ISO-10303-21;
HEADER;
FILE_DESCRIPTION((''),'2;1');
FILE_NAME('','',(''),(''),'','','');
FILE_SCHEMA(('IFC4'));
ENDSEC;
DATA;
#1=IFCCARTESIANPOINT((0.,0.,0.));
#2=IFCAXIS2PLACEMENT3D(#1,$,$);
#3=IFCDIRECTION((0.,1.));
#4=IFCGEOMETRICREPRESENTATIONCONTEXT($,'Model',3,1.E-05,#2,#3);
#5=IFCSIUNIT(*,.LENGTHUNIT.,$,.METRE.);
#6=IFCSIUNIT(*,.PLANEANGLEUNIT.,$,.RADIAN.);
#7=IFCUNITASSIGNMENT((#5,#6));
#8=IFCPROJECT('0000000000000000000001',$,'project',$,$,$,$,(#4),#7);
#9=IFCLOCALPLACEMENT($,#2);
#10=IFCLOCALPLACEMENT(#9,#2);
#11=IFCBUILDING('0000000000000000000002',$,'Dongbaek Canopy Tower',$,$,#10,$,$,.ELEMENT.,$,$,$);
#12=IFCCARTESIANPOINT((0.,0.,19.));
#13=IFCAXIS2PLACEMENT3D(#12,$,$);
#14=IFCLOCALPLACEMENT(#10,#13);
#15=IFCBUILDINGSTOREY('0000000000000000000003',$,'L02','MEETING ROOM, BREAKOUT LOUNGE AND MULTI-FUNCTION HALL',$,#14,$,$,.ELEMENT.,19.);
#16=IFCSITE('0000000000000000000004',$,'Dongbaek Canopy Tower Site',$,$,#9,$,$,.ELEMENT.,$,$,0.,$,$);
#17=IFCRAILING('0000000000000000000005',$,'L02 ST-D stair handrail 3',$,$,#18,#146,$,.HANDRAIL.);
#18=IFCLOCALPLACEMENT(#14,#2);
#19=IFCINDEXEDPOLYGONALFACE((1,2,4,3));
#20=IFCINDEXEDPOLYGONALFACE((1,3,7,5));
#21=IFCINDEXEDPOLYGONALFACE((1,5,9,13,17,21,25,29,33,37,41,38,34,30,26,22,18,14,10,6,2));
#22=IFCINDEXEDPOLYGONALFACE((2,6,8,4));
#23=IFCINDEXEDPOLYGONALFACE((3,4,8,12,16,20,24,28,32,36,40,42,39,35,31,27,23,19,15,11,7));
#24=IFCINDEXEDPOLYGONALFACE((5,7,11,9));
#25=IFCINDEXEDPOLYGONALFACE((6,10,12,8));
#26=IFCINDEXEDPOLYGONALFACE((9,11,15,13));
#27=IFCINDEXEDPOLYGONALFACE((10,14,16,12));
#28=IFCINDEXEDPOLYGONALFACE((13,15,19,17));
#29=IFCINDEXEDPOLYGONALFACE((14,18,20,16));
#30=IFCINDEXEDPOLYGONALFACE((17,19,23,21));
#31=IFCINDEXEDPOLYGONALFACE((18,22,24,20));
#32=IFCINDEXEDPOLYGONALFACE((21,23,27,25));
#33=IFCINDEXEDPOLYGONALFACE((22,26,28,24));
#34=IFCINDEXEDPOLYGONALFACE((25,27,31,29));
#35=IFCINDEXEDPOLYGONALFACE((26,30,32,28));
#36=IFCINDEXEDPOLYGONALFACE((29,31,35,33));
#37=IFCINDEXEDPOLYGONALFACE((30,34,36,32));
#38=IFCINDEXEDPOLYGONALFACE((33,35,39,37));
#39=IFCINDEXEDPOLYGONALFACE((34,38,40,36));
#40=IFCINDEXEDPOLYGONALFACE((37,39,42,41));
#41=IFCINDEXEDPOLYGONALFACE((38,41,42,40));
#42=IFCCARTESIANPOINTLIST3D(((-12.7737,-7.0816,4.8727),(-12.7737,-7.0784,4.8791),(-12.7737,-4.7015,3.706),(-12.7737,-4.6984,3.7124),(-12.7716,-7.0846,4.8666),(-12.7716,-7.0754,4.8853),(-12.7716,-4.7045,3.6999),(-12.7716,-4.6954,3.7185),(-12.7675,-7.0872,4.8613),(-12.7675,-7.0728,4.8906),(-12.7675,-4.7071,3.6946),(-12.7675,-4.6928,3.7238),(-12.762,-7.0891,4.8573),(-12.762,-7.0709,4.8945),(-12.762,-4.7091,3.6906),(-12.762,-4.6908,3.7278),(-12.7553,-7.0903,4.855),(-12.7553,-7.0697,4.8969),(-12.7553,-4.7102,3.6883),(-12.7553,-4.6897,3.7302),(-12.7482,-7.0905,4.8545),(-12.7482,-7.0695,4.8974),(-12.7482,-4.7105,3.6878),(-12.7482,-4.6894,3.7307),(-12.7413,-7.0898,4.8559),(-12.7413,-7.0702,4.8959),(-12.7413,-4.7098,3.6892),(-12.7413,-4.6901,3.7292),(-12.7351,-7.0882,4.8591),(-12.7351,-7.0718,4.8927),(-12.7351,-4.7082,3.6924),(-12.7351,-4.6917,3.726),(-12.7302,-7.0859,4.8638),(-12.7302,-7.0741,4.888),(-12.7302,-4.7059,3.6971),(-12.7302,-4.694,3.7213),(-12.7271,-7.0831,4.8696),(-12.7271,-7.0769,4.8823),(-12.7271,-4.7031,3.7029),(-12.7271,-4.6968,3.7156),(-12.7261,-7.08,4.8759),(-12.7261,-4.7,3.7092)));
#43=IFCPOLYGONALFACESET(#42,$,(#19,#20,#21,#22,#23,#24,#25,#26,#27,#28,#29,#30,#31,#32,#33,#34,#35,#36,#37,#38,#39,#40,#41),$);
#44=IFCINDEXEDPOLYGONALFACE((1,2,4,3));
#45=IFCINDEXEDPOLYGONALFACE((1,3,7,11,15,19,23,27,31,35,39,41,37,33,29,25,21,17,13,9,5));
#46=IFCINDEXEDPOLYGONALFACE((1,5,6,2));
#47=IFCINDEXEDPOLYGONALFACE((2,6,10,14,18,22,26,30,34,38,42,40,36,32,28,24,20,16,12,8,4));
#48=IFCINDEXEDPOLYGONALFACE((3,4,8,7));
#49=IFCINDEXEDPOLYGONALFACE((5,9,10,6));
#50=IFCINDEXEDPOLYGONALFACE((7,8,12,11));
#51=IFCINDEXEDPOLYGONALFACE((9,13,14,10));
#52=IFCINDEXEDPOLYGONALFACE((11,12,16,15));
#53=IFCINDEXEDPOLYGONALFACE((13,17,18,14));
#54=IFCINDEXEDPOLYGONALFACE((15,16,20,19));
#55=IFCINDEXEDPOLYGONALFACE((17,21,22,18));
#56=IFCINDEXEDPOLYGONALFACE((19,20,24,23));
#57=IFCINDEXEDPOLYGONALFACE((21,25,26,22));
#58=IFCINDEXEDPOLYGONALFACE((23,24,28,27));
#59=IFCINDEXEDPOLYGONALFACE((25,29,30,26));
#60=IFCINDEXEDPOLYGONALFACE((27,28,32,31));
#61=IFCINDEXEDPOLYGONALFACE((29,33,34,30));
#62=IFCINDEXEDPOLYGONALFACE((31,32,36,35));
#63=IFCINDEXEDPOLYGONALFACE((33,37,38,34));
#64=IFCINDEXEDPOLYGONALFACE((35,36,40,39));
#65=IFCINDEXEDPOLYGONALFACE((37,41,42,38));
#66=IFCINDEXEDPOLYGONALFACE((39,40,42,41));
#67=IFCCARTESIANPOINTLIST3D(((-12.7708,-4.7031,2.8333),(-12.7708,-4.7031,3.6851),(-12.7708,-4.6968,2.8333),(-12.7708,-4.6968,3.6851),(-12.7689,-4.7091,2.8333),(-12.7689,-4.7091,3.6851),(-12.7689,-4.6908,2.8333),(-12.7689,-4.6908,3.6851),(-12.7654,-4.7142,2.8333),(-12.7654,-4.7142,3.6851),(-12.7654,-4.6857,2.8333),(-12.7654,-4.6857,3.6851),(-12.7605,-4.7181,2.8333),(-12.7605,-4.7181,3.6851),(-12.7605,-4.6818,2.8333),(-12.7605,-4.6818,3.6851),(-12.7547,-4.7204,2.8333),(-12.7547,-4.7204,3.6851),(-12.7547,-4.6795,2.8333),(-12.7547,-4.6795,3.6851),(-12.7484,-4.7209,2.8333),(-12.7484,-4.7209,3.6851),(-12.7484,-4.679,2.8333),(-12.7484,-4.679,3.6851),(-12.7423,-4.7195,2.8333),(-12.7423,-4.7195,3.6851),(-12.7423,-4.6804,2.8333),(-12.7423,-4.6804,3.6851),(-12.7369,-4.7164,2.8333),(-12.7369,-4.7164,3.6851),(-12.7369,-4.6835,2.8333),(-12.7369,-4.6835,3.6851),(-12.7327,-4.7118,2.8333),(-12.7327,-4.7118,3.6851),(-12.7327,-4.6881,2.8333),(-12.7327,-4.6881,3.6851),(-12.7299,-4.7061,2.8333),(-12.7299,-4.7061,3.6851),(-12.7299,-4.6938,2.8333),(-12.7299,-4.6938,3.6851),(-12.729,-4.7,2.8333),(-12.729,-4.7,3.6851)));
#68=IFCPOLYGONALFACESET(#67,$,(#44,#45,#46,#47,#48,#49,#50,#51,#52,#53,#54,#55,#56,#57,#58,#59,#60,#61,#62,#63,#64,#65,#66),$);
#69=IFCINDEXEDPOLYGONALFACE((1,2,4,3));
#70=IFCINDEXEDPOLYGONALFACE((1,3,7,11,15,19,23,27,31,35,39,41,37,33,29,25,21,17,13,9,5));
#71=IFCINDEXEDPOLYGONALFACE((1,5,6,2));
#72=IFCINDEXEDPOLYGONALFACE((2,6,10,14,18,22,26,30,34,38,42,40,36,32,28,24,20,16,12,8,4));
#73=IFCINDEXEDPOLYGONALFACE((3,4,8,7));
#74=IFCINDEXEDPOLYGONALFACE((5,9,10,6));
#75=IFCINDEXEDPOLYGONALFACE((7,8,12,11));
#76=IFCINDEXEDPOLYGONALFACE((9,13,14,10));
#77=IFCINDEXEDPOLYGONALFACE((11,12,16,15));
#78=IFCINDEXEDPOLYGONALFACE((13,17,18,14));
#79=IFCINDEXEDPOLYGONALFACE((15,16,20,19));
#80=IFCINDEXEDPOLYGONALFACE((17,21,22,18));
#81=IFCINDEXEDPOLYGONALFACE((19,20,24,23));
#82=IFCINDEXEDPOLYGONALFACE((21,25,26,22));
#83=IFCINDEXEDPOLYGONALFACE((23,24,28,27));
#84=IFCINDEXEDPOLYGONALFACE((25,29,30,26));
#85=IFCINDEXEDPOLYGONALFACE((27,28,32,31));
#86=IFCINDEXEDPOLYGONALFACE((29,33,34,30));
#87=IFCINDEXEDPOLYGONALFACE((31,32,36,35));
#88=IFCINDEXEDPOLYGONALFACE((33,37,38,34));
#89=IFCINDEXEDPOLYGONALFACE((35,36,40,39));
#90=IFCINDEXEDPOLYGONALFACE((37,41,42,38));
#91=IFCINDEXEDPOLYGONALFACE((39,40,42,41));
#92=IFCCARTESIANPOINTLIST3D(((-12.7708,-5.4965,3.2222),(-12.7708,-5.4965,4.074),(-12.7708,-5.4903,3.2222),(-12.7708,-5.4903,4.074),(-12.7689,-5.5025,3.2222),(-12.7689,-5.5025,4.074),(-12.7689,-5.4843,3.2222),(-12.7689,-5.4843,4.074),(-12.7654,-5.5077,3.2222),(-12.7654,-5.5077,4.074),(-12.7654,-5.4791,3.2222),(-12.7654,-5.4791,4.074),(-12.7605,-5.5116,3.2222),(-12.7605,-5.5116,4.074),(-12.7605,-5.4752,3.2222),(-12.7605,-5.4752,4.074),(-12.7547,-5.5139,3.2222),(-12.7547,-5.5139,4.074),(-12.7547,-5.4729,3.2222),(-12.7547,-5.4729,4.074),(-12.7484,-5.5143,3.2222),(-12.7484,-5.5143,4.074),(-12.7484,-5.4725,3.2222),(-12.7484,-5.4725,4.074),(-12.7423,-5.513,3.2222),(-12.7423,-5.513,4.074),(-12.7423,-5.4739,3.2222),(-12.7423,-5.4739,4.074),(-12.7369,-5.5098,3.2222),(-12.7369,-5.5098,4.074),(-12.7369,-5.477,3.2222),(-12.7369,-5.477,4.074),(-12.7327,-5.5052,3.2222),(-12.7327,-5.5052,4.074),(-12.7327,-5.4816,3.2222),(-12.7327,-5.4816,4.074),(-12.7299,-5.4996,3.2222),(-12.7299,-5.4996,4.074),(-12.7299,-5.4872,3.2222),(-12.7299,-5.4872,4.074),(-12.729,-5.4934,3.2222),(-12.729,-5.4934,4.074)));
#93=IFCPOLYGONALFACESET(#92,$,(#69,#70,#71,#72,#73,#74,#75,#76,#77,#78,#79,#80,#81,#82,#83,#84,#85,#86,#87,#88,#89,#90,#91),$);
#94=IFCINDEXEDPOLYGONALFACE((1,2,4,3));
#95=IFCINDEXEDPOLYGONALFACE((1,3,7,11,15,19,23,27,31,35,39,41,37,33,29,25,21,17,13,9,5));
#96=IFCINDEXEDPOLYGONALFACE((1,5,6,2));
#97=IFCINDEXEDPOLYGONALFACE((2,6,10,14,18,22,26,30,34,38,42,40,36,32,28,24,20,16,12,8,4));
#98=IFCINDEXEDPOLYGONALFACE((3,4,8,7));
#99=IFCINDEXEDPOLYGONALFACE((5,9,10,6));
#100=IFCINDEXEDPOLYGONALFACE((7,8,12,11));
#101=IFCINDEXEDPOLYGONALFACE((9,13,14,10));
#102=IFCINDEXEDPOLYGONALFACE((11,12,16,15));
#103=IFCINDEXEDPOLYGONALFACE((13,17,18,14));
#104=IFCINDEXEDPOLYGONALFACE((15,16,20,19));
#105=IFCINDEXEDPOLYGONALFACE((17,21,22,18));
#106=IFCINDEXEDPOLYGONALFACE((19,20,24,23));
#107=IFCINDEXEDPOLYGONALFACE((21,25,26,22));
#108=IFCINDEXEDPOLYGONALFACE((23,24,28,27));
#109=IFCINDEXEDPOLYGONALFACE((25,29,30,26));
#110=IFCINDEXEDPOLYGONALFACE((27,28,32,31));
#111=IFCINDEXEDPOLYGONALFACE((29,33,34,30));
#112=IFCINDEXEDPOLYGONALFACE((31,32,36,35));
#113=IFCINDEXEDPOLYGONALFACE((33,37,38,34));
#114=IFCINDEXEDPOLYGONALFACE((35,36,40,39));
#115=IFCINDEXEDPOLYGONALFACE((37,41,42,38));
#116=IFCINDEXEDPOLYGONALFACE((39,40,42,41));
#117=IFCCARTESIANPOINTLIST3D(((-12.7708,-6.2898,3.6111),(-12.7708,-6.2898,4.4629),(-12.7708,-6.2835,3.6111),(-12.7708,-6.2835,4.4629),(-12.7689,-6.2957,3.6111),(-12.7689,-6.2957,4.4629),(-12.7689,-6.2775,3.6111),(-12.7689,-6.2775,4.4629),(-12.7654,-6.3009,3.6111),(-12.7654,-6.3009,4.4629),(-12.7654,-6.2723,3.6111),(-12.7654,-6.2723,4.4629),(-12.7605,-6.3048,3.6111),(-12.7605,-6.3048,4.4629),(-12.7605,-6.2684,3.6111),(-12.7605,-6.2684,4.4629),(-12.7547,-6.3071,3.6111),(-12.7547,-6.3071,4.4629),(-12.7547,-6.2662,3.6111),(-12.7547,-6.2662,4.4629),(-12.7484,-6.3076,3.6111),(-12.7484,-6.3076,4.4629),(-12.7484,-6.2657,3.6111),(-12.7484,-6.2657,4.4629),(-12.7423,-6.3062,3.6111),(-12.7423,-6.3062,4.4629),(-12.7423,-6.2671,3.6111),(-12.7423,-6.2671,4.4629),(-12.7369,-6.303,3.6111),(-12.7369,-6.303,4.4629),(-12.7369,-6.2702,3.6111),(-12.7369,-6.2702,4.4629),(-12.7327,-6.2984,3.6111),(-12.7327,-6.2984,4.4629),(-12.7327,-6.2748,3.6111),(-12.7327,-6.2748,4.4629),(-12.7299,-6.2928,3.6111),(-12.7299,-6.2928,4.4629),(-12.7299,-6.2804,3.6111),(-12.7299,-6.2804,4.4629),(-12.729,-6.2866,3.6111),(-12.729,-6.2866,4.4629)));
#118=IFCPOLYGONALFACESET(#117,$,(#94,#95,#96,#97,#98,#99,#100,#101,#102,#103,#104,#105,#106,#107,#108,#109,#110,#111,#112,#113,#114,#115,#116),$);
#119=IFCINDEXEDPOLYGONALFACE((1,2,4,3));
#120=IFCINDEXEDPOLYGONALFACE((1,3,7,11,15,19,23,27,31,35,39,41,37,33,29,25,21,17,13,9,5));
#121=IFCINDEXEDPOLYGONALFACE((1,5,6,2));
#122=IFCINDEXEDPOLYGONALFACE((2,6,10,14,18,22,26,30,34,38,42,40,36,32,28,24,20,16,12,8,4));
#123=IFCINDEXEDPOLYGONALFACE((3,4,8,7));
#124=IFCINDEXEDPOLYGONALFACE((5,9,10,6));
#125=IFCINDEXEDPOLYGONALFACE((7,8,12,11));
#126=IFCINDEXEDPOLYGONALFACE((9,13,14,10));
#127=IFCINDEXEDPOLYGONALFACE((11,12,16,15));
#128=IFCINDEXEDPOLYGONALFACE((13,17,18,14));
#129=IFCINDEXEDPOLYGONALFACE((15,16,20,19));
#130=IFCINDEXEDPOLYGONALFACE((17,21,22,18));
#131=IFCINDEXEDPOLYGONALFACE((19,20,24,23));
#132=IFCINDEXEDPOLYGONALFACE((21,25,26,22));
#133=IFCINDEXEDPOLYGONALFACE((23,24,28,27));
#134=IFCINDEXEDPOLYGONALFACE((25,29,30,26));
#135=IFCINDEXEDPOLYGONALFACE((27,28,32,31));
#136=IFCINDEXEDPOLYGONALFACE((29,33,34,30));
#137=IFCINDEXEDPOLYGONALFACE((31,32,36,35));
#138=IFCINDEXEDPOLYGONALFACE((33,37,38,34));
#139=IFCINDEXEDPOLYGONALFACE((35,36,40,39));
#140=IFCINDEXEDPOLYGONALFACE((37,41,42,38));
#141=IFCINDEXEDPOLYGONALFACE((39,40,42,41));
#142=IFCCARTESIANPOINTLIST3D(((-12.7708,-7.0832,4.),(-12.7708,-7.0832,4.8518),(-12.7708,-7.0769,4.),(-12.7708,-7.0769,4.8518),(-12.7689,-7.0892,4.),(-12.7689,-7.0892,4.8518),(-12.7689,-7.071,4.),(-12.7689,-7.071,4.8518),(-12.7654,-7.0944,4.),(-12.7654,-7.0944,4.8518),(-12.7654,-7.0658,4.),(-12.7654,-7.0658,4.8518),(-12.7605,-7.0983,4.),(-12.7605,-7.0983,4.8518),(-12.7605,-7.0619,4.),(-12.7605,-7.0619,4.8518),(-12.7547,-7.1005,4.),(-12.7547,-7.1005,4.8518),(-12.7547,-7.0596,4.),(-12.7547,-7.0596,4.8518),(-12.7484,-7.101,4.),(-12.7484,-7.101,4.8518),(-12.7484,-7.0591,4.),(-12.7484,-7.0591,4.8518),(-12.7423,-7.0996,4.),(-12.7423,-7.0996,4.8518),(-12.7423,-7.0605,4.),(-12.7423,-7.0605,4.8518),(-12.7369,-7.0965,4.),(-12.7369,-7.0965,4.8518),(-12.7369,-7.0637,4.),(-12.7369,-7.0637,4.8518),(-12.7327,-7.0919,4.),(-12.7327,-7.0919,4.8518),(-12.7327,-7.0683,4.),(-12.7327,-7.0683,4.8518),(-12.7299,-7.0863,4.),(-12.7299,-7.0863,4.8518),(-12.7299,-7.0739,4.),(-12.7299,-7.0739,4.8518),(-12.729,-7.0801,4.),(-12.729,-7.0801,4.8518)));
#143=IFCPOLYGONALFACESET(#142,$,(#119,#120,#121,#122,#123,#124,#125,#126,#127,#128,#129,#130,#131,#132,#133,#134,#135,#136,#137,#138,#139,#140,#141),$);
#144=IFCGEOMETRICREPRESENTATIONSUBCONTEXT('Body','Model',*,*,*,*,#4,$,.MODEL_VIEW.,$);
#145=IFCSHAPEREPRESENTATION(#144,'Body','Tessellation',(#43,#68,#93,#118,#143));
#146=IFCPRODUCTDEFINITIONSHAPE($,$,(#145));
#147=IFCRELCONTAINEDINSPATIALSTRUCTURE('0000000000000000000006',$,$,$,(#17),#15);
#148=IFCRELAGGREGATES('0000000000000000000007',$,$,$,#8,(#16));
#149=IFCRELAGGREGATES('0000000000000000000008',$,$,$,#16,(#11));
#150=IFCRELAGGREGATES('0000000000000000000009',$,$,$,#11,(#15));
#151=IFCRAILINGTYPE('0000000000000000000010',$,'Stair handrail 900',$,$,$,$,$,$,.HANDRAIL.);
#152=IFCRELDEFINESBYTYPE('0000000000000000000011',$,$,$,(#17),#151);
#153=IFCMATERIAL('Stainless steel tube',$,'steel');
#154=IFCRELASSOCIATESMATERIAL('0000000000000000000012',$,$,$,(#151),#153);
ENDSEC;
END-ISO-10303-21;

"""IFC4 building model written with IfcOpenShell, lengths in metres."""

from ifc_helpers import new_model, si_unit, direction, frame, origin, origin_2d, place, context, subcontext, project, spatial, circle, extrude, material, type_object, element, save


model = new_model("IFC4")

# Units and contexts
model_context = context("Model", 3, precision=1e-05, world=origin(), true_north=direction((0.0, 1.0)))
body_context = subcontext(model_context, "Body", "Model", "MODEL_VIEW")
ifc_project = project(units=[si_unit("LENGTHUNIT", "METRE"), si_unit("PLANEANGLEUNIT", "RADIAN")], contexts=[model_context])

# Site, building, storey
site_placement = place(None, origin())
site = spatial("IfcSite", under=ifc_project, at=site_placement, Name="Dongbaek Canopy Tower Site", CompositionType="ELEMENT", RefElevation=0.0)
building_placement = place(site_placement, origin())
building = spatial("IfcBuilding", under=site, at=building_placement, Name="Dongbaek Canopy Tower", CompositionType="ELEMENT")
storey_placement = place(building_placement, frame((0.0, 0.0, 19.0)))
storey = spatial("IfcBuildingStorey", under=building, at=storey_placement, Name="L02", Description="MEETING ROOM, BREAKOUT LOUNGE AND MULTI-FUNCTION HALL", CompositionType="ELEMENT", Elevation=19.0)

# Railing
ifc_material_1 = material(Name="Stainless steel tube", Category="steel")
railing_type_1 = type_object("IfcRailingType", Name="Stair handrail 900", PredefinedType="HANDRAIL", material=ifc_material_1)
for number, where, name in (
    (1, (-12.75, -4.7, 2.8333), "L02 ST-D stair handrail 3"),
):
    element("IfcRailing", number, at=place(storey_placement, frame(where)), inside=storey, type_object=railing_type_1, Name=name, PredefinedType="HANDRAIL", context=body_context, shape_type="SweptSolid", body=[
        extrude(circle(Radius=0.0239, at=origin_2d()), frame((0.0, 0.0, 0.876), z_axis=(0.0, -0.897918, 0.440163), x_axis=(1.0, 0.0, 0.0)), (0.0, 0.0, 1.0), 2.6506),
        extrude(circle(Radius=0.021, at=origin_2d()), origin(), (0.0, 0.0, 1.0), 0.8518),
        extrude(circle(Radius=0.021, at=origin_2d()), frame((0.0, -0.7935, 0.3889)), (0.0, 0.0, 1.0), 0.8518),
        extrude(circle(Radius=0.021, at=origin_2d()), frame((0.0, -1.5867, 0.7778)), (0.0, 0.0, 1.0), 0.8518),
        extrude(circle(Radius=0.021, at=origin_2d()), frame((0.0, -2.3801, 1.1667)), (0.0, 0.0, 1.0), 0.8518),
    ])

save(model, "model.ifc")
